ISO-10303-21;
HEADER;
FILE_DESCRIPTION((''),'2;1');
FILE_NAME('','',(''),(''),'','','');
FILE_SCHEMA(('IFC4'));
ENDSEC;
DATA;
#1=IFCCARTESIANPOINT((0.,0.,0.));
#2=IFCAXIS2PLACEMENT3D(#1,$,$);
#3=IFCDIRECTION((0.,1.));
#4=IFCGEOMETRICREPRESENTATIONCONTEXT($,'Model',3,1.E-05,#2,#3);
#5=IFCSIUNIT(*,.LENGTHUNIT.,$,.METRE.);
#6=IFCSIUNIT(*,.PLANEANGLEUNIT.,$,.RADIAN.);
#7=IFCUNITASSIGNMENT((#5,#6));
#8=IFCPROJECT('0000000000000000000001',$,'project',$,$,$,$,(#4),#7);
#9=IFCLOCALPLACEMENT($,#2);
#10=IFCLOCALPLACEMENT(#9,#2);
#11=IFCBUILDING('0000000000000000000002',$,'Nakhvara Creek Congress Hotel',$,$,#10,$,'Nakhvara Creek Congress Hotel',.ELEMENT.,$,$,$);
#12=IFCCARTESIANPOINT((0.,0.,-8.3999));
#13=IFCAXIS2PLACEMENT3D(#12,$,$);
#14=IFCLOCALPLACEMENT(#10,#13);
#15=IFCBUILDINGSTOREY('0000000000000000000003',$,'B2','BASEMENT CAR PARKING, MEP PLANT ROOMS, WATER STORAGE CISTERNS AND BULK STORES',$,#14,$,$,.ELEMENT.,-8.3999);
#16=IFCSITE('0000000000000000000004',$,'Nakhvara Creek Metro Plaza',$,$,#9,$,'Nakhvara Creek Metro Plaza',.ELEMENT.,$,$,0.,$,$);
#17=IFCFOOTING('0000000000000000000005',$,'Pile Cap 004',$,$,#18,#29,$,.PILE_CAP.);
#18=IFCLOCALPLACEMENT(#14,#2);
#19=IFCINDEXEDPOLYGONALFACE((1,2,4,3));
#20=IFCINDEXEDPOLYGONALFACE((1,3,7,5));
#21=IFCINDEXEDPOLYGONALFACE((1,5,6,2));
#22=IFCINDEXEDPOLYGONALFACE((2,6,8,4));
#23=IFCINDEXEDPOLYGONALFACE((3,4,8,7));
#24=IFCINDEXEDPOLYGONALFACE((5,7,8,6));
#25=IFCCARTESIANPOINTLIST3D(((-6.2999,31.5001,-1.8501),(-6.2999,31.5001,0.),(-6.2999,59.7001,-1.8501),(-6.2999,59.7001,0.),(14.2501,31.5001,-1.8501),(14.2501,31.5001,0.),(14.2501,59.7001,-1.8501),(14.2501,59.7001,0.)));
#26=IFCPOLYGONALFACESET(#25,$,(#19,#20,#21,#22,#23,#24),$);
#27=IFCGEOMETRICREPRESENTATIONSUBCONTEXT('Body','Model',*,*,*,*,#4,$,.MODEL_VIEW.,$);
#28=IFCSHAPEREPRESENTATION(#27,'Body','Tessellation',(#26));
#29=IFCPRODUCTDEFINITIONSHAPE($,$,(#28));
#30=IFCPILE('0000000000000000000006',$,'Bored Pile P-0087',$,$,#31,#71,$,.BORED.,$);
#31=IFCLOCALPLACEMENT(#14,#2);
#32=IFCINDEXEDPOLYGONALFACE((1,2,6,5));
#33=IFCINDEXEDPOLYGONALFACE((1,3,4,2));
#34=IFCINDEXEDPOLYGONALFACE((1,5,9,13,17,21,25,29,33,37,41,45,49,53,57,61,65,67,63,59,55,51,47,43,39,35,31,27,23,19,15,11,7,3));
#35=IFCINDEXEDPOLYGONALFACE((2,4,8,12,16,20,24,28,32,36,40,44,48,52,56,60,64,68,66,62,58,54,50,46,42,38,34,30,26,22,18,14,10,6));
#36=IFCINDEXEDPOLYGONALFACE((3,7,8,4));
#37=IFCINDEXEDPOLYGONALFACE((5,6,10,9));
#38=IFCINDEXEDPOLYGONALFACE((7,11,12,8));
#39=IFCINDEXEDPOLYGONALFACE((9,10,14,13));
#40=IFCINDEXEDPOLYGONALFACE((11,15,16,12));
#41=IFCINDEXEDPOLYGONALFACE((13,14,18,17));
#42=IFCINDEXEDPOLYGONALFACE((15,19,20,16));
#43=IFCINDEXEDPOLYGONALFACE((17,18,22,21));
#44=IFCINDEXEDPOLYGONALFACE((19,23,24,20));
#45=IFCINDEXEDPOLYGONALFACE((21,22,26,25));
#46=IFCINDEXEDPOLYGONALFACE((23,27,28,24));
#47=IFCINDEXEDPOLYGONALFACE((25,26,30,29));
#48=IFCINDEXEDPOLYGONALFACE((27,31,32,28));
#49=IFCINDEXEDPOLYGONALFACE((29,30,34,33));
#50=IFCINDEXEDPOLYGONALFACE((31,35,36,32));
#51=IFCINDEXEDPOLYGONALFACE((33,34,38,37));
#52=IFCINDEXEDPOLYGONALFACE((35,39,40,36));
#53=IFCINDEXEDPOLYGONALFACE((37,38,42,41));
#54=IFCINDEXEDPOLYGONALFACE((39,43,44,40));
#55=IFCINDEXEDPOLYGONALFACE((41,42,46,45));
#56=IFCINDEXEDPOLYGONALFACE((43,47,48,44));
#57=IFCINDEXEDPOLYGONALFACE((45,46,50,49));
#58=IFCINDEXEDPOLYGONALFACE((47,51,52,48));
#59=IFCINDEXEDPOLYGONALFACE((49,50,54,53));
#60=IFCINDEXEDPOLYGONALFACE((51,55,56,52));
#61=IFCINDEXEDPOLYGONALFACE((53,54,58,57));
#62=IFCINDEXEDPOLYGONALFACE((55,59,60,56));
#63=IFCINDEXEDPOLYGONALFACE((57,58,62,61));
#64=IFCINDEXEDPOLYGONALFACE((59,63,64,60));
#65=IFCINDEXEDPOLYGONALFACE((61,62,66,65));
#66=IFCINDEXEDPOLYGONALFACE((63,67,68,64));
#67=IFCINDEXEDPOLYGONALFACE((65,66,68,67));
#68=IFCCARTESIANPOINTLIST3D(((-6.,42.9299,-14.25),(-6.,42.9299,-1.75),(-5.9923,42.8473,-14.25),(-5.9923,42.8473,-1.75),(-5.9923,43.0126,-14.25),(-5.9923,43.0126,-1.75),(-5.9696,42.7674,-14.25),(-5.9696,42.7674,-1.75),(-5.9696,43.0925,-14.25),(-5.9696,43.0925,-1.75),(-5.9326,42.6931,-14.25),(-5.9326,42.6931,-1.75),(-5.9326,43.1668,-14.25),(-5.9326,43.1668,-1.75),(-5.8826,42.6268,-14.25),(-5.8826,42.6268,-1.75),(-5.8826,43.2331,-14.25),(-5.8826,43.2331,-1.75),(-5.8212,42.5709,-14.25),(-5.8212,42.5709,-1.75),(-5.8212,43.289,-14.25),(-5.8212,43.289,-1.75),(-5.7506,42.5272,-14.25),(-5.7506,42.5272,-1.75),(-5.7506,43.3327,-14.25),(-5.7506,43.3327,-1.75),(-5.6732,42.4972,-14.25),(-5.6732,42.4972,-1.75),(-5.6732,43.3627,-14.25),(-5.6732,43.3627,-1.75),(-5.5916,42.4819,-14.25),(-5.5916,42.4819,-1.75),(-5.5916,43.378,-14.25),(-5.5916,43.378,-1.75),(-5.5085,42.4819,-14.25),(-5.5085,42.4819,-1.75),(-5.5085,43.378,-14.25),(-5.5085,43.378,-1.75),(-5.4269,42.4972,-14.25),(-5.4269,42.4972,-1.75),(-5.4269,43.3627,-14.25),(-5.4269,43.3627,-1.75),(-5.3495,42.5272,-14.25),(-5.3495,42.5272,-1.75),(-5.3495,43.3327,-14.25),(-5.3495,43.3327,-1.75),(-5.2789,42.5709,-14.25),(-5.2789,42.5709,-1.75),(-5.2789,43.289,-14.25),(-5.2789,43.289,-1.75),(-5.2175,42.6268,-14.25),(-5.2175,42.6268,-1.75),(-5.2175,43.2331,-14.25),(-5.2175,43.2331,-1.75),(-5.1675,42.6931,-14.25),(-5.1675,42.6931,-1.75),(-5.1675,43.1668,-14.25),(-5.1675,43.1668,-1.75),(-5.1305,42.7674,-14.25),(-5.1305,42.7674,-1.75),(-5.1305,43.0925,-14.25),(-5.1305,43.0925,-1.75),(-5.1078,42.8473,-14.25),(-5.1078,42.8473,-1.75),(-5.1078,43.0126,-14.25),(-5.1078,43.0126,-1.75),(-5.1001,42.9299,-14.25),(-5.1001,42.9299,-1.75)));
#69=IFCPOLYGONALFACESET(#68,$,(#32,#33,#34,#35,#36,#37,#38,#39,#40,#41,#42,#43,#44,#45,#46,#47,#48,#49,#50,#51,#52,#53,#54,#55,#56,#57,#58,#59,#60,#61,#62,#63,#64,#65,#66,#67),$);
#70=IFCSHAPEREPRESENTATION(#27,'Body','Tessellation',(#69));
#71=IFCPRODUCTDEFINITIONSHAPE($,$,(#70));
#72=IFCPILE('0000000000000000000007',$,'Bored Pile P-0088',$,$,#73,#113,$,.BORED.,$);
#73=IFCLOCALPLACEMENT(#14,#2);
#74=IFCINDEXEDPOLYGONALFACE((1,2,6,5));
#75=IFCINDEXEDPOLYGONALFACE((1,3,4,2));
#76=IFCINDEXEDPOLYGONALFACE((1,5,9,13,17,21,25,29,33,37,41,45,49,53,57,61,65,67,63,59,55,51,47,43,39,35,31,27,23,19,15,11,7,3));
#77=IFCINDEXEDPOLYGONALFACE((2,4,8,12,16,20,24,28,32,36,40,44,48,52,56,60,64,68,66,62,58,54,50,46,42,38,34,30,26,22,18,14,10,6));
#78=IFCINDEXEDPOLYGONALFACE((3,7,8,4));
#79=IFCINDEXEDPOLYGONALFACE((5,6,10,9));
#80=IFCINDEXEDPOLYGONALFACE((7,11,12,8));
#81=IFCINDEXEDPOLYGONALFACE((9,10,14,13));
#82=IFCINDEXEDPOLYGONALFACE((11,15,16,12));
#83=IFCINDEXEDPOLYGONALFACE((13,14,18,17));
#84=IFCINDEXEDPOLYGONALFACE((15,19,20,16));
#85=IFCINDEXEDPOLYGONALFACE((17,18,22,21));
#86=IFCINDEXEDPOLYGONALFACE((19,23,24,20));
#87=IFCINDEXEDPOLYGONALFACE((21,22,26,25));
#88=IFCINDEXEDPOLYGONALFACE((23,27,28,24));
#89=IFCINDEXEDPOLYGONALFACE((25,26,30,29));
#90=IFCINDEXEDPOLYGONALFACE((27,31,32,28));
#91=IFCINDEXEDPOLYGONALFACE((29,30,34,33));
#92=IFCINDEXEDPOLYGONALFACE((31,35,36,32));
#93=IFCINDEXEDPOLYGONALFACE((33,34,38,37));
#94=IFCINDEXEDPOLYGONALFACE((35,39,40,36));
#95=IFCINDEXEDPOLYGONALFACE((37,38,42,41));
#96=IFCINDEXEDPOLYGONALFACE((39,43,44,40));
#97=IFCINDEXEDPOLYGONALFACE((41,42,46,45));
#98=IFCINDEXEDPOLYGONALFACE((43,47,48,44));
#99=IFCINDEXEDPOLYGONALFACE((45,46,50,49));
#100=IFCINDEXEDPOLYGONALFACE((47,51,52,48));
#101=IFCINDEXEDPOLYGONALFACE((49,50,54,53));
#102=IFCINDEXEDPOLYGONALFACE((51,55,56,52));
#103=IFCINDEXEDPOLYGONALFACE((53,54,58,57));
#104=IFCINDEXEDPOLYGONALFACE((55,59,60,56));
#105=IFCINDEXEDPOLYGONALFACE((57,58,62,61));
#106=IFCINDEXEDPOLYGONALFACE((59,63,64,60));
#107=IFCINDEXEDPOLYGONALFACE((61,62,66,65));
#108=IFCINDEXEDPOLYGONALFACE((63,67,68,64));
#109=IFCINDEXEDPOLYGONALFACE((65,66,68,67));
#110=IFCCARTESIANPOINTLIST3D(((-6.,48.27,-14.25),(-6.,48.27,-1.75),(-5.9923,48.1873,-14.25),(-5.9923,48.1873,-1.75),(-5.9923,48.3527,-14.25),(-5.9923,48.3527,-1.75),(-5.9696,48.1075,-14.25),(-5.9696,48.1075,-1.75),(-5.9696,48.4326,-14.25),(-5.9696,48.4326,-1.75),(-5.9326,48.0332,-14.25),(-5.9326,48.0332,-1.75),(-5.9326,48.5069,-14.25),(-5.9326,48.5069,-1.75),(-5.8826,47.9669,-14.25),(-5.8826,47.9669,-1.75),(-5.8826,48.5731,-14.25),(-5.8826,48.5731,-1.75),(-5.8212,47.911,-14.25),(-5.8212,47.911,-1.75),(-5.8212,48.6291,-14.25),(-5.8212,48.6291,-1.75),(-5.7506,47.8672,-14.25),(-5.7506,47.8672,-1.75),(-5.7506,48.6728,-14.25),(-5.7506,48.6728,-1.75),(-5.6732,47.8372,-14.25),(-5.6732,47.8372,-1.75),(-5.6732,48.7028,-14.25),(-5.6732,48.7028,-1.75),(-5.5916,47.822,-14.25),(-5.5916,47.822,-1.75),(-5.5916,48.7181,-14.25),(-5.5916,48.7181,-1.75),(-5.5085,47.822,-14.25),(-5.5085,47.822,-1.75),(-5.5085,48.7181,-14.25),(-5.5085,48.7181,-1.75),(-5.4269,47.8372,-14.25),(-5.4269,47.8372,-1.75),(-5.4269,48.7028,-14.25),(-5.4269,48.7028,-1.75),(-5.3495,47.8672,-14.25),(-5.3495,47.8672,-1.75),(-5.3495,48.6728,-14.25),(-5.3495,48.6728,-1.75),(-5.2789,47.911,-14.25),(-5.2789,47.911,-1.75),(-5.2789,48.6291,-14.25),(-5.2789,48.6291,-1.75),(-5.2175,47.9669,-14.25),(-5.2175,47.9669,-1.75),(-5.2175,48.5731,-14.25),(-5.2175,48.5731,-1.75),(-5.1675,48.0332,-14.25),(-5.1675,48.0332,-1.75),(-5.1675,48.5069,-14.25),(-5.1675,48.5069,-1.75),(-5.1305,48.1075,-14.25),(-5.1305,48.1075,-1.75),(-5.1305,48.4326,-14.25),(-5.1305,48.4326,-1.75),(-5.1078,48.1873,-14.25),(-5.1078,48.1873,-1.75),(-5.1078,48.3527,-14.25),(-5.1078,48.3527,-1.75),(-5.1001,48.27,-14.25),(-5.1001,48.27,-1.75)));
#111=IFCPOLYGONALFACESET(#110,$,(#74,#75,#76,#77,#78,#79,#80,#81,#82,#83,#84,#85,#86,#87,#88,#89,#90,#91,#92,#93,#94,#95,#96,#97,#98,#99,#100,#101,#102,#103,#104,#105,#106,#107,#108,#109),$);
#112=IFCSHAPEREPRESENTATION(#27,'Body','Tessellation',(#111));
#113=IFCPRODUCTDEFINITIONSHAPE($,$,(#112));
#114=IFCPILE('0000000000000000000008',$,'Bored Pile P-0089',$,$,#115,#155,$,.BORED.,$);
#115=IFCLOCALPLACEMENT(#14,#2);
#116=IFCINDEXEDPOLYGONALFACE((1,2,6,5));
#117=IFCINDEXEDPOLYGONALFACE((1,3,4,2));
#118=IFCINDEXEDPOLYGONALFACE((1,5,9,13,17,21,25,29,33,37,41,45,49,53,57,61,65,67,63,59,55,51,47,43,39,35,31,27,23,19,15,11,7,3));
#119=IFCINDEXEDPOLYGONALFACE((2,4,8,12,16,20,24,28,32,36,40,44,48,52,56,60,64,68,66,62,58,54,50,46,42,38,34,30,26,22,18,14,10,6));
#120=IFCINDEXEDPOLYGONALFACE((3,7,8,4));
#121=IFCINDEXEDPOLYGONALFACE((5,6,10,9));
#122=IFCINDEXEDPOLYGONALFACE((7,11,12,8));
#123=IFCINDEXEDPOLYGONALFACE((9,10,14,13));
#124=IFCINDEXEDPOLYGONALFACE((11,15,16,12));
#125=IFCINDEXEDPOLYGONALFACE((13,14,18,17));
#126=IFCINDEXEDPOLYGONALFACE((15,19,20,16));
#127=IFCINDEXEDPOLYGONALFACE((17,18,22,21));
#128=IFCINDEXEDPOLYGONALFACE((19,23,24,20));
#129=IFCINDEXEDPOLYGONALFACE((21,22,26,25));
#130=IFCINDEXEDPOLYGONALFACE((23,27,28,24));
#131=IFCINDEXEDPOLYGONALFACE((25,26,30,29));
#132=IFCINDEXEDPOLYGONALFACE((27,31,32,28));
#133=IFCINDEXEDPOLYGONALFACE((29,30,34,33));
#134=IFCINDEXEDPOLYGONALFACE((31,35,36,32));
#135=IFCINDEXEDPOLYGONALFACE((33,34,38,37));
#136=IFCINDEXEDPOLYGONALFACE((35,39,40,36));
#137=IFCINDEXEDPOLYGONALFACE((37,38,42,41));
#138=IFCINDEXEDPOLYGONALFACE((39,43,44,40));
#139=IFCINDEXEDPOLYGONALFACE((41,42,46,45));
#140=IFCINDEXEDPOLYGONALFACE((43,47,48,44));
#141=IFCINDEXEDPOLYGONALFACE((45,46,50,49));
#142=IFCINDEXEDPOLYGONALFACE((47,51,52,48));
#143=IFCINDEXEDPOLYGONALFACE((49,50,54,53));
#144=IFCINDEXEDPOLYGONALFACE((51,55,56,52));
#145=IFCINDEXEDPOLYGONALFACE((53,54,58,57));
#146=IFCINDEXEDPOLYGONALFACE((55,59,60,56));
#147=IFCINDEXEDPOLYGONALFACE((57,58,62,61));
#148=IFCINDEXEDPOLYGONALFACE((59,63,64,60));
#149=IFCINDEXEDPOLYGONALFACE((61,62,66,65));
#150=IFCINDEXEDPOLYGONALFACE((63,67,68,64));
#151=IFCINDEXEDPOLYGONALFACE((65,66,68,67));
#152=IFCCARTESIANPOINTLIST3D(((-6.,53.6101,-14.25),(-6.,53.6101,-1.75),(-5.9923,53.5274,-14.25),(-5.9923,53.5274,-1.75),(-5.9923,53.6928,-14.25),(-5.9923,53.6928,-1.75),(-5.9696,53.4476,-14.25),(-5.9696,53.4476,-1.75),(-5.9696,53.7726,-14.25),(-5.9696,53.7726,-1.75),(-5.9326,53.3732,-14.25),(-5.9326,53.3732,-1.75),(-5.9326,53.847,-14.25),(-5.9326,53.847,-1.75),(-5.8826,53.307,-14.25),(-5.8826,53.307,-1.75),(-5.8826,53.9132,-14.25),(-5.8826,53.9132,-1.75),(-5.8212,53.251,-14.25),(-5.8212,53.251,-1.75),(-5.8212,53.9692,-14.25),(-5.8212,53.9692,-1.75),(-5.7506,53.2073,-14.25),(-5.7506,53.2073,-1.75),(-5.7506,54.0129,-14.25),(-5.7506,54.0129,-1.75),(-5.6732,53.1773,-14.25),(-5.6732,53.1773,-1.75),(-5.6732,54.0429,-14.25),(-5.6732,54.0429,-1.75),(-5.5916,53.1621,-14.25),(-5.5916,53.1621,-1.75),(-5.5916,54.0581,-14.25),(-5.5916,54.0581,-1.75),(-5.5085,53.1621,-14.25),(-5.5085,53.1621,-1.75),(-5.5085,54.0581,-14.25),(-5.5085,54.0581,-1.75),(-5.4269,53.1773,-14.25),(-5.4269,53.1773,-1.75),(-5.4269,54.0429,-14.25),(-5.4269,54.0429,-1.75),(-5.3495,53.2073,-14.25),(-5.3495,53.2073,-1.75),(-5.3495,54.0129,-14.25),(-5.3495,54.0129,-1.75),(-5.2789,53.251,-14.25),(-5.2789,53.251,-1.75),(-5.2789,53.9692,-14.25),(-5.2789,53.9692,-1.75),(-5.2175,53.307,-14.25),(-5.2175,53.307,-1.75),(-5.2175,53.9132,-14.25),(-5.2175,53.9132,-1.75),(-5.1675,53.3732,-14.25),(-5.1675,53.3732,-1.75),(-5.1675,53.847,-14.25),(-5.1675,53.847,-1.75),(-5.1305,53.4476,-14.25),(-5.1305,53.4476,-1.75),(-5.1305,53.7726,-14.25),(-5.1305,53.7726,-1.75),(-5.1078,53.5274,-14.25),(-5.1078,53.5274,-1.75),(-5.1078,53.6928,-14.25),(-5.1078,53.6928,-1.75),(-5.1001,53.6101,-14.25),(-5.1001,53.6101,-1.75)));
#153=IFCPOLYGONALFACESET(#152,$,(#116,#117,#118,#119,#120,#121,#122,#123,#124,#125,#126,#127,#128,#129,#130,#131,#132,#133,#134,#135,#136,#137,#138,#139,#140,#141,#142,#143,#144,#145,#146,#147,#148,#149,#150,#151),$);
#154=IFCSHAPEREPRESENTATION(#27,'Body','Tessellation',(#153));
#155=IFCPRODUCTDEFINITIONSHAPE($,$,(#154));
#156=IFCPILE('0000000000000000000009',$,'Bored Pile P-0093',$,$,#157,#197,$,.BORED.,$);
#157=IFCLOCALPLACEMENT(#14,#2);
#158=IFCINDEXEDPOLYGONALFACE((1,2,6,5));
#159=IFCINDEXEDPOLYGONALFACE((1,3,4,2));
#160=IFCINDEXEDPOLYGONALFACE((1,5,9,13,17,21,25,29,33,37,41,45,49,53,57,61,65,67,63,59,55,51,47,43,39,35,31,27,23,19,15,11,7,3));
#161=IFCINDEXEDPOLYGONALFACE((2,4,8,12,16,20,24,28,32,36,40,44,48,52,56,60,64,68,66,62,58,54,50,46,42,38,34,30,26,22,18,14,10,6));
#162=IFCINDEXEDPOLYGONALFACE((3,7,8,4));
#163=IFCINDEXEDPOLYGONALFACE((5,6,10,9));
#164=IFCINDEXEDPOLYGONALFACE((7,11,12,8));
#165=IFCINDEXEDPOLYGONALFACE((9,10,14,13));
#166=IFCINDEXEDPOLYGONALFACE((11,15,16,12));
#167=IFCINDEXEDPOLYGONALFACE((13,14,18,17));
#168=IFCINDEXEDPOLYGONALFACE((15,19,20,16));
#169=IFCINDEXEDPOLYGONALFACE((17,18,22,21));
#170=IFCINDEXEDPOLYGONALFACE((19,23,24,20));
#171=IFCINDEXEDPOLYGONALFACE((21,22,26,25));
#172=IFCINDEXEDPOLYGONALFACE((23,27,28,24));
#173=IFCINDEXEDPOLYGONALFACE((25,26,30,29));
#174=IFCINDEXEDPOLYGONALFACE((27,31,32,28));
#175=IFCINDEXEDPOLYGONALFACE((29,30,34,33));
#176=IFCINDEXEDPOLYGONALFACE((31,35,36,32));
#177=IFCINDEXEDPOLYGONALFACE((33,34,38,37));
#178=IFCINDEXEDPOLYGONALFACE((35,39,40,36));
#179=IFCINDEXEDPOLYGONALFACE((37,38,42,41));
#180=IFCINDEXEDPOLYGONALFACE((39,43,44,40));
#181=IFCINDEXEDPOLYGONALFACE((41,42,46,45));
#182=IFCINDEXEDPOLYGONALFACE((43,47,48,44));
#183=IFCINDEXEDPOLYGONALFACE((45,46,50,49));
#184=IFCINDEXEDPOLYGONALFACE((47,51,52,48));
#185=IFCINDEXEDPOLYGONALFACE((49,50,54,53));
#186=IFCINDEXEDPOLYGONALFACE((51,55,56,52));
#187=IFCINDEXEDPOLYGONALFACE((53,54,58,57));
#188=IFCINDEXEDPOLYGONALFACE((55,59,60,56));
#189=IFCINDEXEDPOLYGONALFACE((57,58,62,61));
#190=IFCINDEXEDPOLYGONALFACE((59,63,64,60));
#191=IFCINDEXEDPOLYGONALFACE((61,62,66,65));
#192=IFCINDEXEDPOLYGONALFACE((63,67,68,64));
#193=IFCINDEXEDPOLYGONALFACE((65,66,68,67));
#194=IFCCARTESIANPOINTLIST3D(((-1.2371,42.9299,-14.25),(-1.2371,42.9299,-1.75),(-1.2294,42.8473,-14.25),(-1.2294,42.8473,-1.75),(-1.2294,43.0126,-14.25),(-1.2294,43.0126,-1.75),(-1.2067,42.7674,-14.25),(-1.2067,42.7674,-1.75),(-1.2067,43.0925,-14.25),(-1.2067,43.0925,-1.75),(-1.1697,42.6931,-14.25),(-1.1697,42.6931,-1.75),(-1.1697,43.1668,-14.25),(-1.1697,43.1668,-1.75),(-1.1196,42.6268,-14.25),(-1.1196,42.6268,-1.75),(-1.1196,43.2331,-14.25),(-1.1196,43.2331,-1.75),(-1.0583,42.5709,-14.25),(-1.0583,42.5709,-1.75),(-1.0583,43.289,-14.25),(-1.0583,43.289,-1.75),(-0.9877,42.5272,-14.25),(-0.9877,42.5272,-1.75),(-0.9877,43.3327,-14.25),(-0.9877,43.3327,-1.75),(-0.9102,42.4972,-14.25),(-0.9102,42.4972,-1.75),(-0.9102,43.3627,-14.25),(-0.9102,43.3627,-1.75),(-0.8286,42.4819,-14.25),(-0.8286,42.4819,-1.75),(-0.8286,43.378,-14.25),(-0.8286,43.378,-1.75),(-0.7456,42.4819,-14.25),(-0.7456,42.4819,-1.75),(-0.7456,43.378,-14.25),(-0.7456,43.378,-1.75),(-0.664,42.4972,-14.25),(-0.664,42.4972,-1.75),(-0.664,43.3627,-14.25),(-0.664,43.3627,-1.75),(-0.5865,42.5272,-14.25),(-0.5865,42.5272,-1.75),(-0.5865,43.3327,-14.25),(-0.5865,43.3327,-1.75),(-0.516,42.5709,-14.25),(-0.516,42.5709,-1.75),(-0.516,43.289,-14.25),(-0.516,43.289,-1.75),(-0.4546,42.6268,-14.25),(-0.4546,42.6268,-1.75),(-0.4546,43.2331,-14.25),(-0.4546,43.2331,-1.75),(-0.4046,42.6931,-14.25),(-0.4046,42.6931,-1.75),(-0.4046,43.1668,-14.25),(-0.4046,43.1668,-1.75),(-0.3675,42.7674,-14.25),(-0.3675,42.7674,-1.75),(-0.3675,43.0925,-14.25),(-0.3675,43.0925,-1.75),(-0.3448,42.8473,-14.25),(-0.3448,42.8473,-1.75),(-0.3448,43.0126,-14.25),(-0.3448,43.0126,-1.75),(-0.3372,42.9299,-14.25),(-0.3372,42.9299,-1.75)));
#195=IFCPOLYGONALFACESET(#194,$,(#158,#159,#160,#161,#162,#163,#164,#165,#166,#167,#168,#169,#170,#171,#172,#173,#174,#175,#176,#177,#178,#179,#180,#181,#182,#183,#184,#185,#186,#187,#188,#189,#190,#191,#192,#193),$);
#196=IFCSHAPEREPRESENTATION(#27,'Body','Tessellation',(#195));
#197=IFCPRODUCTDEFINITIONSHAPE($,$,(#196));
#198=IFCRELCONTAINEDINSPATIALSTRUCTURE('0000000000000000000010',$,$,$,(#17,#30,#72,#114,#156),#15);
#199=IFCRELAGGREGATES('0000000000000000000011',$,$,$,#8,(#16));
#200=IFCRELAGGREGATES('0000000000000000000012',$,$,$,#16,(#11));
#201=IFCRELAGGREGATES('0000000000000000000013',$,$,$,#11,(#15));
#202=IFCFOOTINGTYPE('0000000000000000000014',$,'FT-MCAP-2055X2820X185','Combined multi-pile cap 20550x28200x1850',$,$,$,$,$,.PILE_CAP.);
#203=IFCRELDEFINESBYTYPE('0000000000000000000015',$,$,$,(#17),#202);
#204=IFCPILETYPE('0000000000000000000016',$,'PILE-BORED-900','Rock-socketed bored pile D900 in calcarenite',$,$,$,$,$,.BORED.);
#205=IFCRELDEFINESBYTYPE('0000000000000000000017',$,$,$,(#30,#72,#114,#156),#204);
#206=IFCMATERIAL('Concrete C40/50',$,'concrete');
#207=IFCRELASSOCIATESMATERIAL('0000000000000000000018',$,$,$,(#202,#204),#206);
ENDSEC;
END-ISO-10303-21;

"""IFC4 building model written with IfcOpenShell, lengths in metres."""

from ifc_helpers import new_model, si_unit, direction, frame, origin, origin_2d, place, context, subcontext, project, spatial, rectangle, circle, extrude, material, material_profile, profile_set, type_object, element, save


model = new_model("IFC4")

# Units and contexts
model_context = context("Model", 3, precision=1e-05, world=origin(), true_north=direction((0.0, 1.0)))
body_context = subcontext(model_context, "Body", "Model", "MODEL_VIEW")
ifc_project = project(units=[si_unit("LENGTHUNIT", "METRE"), si_unit("PLANEANGLEUNIT", "RADIAN")], contexts=[model_context])

# Site, building, storey
site_placement = place(None, origin())
site = spatial("IfcSite", under=ifc_project, at=site_placement, Name="Nakhvara Creek Metro Plaza", LongName="Nakhvara Creek Metro Plaza", CompositionType="ELEMENT", RefElevation=0.0)
building_placement = place(site_placement, origin())
building = spatial("IfcBuilding", under=site, at=building_placement, Name="Nakhvara Creek Congress Hotel", LongName="Nakhvara Creek Congress Hotel", CompositionType="ELEMENT")
storey_placement = place(building_placement, frame((0.0, 0.0, -8.3999)))
storey = spatial("IfcBuildingStorey", under=building, at=storey_placement, Name="B2", Description="BASEMENT CAR PARKING, MEP PLANT ROOMS, WATER STORAGE CISTERNS AND BULK STORES", CompositionType="ELEMENT", Elevation=-8.3999)

# Footing
ifc_material_1 = material(Name="Concrete C40/50", Category="concrete")
footing_type = type_object("IfcFootingType", Name="FT-MCAP-2055X2820X185", Description="Combined multi-pile cap 20550x28200x1850", PredefinedType="PILE_CAP", material=ifc_material_1)
footing_placement = place(storey_placement, frame((3.9751, 45.6001, -1.8501), z_axis=(0.0, 0.0, 1.0), x_axis=(1.0, 0.0, 0.0)))
element("IfcFooting", 1, at=footing_placement, inside=storey, type_object=footing_type, Name="Pile Cap 004", PredefinedType="PILE_CAP", context=body_context, shape_type="SweptSolid", body=[
    extrude(rectangle(XDim=20.55, YDim=28.2, at=origin_2d()), origin(), (0.0, 0.0, 1.0), 1.8501),
])

# Piles
ifc_material_profile_1 = material_profile(ifc_material_1, circle(Radius=0.45, at=origin_2d()), Name="BORED PILE D900", Category="LoadBearing")
ifc_profile_set_1 = profile_set([ifc_material_profile_1], Name="Concrete C40/50")
pile_type = type_object("IfcPileType", Name="PILE-BORED-900", Description="Rock-socketed bored pile D900 in calcarenite", PredefinedType="BORED", material=ifc_profile_set_1)
for number, where, z_axis, x_axis, name in (
    (2, (-5.55, 42.9299, -1.75), (0.0, 0.0, -1.0), (1.0, 0.0, 0.0), "Bored Pile P-0087"),
    (3, (-5.55, 48.27, -1.75), (0.0, 0.0, -1.0), (1.0, 0.0, 0.0), "Bored Pile P-0088"),
    (4, (-5.55, 53.6101, -1.75), (0.0, 0.0, -1.0), (1.0, 0.0, 0.0), "Bored Pile P-0089"),
    (5, (-0.7871, 42.9299, -1.75), (0.0, 0.0, -1.0), (1.0, 0.0, 0.0), "Bored Pile P-0093"),
):
    element("IfcPile", number, at=place(storey_placement, frame(where, z_axis=z_axis, x_axis=x_axis)), inside=storey, type_object=pile_type, Name=name, PredefinedType="BORED", context=body_context, shape_type="SweptSolid", body=[
        extrude(circle(Radius=0.45, at=origin_2d()), origin(), (0.0, 0.0, 1.0), 12.5),
    ])

save(model, "model.ifc")
